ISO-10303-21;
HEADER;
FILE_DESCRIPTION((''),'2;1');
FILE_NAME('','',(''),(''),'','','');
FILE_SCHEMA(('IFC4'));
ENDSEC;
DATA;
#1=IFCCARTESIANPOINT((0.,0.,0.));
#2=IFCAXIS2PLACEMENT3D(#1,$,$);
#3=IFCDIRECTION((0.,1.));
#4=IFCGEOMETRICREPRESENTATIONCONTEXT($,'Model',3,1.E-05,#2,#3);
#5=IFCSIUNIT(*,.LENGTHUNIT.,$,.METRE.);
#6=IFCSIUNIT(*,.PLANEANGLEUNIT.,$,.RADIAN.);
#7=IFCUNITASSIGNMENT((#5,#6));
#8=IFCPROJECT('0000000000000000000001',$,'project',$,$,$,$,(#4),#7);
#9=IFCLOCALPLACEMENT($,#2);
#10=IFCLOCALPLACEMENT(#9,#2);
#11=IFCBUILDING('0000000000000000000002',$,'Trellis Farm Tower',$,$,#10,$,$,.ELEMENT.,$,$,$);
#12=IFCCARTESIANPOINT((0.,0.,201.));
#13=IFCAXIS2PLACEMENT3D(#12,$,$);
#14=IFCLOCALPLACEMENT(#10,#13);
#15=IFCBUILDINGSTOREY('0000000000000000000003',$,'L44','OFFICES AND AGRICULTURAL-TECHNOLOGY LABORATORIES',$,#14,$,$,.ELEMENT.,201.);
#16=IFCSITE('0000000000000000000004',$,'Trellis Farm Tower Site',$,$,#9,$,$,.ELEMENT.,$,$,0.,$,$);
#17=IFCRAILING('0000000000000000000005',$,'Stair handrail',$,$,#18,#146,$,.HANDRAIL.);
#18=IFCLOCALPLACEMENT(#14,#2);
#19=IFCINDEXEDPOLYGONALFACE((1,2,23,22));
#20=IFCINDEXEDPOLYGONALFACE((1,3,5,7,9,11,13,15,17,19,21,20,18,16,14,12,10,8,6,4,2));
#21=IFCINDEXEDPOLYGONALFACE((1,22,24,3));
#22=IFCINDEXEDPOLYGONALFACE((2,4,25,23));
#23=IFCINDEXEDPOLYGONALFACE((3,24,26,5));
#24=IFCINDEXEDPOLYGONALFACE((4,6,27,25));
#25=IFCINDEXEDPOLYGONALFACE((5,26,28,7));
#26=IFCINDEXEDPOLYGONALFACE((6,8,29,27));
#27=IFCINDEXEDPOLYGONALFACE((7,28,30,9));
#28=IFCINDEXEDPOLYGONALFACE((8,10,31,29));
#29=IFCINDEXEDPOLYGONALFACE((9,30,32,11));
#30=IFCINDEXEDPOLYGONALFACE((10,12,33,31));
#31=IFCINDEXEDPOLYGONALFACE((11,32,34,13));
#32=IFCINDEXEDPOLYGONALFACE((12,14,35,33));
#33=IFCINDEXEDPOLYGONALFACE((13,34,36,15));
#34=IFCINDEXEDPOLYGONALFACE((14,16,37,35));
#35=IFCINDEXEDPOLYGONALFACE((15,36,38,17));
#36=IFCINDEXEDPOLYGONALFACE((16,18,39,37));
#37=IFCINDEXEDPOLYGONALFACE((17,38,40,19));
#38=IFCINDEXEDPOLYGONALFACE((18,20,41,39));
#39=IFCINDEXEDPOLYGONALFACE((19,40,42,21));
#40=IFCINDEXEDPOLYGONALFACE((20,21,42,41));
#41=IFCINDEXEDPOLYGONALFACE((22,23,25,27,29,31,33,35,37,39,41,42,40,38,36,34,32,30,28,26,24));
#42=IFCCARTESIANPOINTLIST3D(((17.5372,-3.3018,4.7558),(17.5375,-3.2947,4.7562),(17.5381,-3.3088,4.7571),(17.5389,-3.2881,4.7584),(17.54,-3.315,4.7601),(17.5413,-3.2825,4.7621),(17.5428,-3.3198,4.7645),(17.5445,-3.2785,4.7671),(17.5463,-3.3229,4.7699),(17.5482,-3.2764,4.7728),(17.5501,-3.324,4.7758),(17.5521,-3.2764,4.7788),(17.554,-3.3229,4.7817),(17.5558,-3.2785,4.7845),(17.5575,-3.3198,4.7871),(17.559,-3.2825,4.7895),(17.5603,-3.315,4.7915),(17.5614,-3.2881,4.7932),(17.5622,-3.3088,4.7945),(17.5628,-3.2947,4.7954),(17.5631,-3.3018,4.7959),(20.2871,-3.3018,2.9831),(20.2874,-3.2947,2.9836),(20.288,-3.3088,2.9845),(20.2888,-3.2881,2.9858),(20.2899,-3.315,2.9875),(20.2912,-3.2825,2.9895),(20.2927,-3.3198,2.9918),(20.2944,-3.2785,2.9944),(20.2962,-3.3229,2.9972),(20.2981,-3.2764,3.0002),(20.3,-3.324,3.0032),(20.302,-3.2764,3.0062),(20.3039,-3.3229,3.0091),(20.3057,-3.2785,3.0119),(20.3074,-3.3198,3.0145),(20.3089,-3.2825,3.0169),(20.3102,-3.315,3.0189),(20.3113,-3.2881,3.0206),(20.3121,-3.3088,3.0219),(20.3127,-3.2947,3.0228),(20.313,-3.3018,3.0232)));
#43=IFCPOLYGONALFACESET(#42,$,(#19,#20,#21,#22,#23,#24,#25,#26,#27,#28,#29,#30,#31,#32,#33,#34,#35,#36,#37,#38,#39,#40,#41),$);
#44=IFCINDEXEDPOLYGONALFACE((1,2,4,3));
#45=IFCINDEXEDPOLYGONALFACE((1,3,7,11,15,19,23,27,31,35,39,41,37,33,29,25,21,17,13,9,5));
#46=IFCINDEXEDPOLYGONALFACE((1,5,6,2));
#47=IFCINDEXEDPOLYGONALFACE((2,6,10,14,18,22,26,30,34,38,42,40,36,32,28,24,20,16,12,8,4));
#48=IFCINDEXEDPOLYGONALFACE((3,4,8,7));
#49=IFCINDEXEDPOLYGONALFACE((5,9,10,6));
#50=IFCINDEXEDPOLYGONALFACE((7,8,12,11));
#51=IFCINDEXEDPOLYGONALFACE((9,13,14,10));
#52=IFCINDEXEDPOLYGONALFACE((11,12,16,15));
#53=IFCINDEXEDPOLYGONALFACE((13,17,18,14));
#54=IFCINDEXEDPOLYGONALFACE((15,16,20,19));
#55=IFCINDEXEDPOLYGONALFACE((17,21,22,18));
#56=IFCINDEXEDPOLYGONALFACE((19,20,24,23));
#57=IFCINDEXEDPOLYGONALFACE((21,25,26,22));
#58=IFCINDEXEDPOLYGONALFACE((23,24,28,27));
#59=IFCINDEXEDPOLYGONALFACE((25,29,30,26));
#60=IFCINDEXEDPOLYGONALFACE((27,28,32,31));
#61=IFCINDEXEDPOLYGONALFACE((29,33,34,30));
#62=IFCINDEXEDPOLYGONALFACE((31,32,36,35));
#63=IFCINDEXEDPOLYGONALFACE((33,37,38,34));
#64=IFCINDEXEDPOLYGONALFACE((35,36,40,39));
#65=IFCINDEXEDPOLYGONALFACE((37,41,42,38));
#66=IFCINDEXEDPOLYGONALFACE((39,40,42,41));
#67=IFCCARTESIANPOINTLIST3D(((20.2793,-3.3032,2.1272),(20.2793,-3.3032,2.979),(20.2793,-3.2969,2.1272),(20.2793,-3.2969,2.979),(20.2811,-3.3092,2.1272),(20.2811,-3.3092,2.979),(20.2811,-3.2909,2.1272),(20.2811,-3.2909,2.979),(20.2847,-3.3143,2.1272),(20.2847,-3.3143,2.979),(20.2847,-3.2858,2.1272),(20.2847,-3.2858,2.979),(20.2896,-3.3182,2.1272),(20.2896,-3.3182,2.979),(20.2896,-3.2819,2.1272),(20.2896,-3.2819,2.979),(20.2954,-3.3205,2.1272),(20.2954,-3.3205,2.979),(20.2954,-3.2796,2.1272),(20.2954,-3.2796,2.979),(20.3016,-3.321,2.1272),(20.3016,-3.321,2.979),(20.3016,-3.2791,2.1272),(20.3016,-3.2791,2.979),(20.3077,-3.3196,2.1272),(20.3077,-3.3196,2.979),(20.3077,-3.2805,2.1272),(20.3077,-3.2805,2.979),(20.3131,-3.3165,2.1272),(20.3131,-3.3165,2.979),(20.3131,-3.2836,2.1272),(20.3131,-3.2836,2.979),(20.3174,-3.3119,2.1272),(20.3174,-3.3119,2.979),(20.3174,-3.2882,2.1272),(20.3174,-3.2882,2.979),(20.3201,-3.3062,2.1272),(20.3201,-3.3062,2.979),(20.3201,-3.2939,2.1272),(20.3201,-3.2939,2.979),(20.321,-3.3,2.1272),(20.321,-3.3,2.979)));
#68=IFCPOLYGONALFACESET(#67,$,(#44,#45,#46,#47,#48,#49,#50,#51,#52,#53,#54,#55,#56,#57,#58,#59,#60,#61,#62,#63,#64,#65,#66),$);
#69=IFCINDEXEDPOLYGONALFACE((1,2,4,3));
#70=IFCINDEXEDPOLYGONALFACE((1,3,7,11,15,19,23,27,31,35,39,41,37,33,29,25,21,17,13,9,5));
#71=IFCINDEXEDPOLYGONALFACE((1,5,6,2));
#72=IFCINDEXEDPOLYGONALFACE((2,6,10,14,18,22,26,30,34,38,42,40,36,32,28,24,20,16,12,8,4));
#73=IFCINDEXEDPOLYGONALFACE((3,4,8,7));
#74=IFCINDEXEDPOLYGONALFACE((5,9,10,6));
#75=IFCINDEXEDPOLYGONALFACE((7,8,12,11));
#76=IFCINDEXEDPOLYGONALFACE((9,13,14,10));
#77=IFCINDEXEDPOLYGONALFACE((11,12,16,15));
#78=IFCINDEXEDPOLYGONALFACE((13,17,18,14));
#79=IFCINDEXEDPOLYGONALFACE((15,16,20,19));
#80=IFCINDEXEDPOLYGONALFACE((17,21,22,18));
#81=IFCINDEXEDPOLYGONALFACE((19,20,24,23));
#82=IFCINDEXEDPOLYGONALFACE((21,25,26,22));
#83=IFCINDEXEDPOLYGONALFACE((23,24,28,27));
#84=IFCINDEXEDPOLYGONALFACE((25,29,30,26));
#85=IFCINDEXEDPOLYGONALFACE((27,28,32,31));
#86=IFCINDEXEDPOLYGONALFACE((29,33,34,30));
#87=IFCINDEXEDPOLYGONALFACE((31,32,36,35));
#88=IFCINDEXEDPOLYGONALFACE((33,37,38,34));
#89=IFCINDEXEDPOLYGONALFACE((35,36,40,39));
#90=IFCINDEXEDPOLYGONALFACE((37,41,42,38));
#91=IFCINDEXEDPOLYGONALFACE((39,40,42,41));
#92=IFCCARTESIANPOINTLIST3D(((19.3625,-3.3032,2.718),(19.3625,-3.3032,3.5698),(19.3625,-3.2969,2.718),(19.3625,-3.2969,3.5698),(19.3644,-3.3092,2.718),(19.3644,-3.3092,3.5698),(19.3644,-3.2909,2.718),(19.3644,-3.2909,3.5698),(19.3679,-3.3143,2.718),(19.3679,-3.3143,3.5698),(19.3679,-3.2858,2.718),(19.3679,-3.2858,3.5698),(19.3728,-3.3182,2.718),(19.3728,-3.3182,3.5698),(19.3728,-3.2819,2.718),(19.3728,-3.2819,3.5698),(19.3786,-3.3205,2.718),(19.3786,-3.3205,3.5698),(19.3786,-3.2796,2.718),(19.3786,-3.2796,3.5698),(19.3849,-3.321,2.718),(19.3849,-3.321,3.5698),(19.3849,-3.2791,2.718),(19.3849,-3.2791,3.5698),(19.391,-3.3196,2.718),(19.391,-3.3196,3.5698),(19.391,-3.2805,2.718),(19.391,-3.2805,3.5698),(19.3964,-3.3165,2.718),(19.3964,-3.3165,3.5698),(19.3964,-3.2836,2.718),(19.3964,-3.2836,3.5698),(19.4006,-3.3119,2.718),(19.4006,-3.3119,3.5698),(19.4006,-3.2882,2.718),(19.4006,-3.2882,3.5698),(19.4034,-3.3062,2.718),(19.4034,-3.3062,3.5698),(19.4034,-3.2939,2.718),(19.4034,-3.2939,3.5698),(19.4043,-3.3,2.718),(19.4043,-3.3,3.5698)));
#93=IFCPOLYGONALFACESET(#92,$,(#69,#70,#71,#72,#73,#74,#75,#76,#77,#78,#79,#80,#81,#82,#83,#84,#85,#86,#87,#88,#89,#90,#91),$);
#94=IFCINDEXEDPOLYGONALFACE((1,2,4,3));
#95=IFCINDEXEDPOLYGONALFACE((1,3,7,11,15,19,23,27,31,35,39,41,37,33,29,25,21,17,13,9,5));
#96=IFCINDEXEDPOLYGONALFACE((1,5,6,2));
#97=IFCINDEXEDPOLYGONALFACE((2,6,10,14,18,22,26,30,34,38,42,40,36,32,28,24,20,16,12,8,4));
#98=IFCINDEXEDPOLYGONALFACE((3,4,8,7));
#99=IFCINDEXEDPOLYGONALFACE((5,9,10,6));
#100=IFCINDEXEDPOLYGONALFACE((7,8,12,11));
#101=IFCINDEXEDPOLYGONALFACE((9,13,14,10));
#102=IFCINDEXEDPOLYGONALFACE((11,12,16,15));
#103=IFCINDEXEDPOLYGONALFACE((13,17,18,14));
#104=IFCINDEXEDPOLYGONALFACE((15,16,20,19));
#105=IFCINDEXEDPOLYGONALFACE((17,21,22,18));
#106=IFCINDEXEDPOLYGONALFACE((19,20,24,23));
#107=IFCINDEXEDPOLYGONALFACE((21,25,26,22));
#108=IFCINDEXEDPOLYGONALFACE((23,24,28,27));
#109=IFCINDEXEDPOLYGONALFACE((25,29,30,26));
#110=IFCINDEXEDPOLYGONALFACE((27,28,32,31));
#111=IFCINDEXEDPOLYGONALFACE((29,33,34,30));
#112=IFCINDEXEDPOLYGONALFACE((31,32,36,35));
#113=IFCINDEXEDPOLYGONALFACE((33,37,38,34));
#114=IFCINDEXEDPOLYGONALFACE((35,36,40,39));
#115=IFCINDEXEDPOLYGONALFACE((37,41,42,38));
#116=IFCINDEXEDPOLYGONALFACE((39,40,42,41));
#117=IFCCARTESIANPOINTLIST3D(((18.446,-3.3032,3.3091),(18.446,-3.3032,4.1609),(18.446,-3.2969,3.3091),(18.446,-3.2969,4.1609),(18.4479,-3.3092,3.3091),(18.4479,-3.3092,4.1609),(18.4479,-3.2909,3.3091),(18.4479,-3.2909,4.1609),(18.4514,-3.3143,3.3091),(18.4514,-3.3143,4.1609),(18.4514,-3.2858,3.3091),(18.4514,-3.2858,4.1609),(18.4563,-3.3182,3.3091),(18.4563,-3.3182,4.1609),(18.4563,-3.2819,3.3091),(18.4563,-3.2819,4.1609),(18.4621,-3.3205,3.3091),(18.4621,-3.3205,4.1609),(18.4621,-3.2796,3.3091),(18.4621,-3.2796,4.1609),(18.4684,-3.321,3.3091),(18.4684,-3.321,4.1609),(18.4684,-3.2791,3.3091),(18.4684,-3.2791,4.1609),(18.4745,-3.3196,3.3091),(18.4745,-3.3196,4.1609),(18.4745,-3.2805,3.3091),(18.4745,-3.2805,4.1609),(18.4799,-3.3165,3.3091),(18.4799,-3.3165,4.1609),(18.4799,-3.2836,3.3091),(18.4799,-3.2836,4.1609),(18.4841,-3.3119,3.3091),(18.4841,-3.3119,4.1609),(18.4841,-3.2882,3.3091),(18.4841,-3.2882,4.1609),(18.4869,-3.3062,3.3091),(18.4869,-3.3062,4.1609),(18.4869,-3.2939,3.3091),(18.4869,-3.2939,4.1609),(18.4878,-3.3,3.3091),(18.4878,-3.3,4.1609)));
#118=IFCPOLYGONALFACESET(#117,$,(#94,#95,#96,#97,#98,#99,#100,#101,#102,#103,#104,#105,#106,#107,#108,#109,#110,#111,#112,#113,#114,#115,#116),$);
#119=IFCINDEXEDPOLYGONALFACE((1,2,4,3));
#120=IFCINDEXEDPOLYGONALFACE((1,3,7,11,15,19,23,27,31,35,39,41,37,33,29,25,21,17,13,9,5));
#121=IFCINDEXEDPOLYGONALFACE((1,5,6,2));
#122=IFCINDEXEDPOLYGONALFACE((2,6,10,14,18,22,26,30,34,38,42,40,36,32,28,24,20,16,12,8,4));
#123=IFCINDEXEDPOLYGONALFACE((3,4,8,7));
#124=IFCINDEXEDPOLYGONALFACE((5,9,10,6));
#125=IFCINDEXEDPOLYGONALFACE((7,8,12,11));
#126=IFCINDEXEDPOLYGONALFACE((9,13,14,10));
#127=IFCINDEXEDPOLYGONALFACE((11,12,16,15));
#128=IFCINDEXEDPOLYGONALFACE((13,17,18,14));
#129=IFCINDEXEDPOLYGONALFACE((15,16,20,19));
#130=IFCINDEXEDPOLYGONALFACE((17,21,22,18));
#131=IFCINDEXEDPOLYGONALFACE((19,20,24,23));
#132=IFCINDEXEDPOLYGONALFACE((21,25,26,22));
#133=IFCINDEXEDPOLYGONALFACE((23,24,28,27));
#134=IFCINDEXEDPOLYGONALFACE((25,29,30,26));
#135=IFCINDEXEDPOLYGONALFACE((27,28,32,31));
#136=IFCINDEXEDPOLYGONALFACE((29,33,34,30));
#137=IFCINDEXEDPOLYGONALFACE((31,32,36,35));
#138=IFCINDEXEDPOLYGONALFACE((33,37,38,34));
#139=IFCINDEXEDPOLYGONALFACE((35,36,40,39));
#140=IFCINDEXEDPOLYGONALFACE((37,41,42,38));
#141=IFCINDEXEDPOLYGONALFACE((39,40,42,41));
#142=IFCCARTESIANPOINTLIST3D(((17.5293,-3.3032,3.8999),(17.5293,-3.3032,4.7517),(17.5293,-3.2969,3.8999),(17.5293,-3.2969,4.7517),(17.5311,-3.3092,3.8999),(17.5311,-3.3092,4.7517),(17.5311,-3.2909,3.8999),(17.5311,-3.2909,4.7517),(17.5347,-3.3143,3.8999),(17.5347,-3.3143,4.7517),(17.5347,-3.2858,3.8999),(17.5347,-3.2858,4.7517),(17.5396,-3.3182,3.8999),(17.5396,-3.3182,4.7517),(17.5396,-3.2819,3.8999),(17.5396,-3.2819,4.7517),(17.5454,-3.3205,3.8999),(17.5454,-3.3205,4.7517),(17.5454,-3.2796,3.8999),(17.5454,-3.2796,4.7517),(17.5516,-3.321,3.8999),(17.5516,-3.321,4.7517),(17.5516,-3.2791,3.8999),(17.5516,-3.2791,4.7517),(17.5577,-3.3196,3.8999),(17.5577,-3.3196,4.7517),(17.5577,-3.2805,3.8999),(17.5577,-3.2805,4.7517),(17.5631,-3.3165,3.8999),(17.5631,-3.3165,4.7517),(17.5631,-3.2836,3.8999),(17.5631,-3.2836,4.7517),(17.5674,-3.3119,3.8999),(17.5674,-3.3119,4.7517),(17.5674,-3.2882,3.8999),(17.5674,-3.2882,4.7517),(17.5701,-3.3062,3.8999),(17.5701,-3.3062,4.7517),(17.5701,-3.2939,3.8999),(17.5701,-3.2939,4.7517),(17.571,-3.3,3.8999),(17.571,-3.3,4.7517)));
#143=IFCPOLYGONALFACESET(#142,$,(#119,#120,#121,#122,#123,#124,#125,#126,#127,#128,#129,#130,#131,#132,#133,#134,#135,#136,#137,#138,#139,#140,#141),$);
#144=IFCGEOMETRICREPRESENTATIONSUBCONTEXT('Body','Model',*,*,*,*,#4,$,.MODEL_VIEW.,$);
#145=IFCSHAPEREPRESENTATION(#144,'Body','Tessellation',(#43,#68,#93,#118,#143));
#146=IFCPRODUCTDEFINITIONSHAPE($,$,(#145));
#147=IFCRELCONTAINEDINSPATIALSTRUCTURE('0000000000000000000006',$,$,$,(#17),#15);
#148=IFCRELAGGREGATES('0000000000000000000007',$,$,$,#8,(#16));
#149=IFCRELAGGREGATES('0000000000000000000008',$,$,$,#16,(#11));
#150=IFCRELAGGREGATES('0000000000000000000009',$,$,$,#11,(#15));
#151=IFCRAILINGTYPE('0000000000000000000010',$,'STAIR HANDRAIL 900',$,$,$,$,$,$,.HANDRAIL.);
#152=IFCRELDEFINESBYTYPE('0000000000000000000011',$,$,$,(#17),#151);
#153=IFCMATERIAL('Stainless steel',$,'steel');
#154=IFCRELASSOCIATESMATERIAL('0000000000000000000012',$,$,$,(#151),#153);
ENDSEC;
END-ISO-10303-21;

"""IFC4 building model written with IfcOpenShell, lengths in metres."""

from ifc_helpers import new_model, si_unit, direction, frame, origin, origin_2d, place, context, subcontext, project, spatial, circle, extrude, source, transform, mapped, material, type_object, element, save


model = new_model("IFC4")

# Units and contexts
model_context = context("Model", 3, precision=1e-05, world=origin(), true_north=direction((0.0, 1.0)))
body_context = subcontext(model_context, "Body", "Model", "MODEL_VIEW")
ifc_project = project(units=[si_unit("LENGTHUNIT", "METRE"), si_unit("PLANEANGLEUNIT", "RADIAN")], contexts=[model_context])

# Site, building, storey
site_placement = place(None, origin())
site = spatial("IfcSite", under=ifc_project, at=site_placement, Name="Trellis Farm Tower Site", CompositionType="ELEMENT", RefElevation=0.0)
building_placement = place(site_placement, origin())
building = spatial("IfcBuilding", under=site, at=building_placement, Name="Trellis Farm Tower", CompositionType="ELEMENT")
storey_placement = place(building_placement, frame((0.0, 0.0, 201.0)))
storey = spatial("IfcBuildingStorey", under=building, at=storey_placement, Name="L44", Description="OFFICES AND AGRICULTURAL-TECHNOLOGY LABORATORIES", CompositionType="ELEMENT", Elevation=201.0)

# Railing
ifc_material_1 = material(Name="Stainless steel", Category="steel")
railing_type = type_object("IfcRailingType", Name="STAIR HANDRAIL 900", PredefinedType="HANDRAIL", material=ifc_material_1)
shared_shape_1 = source(origin(), body_context, "Body", "SweptSolid", [
    extrude(circle(Radius=0.0239, at=origin_2d()), frame((0.0, 0.0, 0.876), z_axis=(-0.840504, 0.0, 0.541806), x_axis=(0.0, -1.0, 0.0)), (0.0, 0.0, 1.0), 3.2717),
    extrude(circle(Radius=0.021, at=origin_2d()), origin(), (0.0, 0.0, 1.0), 0.8518),
    extrude(circle(Radius=0.021, at=origin_2d()), frame((-0.9167, 0.0, 0.5908)), (0.0, 0.0, 1.0), 0.8518),
    extrude(circle(Radius=0.021, at=origin_2d()), frame((-1.8333, 0.0, 1.1819)), (0.0, 0.0, 1.0), 0.8518),
    extrude(circle(Radius=0.021, at=origin_2d()), frame((-2.75, 0.0, 1.7727)), (0.0, 0.0, 1.0), 0.8518),
])
for number, where, name in (
    (1, (20.3, -3.3, 2.1272), "Stair handrail"),
):
    element("IfcRailing", number, at=place(storey_placement, frame(where)), inside=storey, type_object=railing_type, Name=name, PredefinedType="HANDRAIL", context=body_context, shape_type="MappedRepresentation", body=[
        mapped(shared_shape_1, transform((0.0, 0.0, 0.0))),
    ])

save(model, "model.ifc")
